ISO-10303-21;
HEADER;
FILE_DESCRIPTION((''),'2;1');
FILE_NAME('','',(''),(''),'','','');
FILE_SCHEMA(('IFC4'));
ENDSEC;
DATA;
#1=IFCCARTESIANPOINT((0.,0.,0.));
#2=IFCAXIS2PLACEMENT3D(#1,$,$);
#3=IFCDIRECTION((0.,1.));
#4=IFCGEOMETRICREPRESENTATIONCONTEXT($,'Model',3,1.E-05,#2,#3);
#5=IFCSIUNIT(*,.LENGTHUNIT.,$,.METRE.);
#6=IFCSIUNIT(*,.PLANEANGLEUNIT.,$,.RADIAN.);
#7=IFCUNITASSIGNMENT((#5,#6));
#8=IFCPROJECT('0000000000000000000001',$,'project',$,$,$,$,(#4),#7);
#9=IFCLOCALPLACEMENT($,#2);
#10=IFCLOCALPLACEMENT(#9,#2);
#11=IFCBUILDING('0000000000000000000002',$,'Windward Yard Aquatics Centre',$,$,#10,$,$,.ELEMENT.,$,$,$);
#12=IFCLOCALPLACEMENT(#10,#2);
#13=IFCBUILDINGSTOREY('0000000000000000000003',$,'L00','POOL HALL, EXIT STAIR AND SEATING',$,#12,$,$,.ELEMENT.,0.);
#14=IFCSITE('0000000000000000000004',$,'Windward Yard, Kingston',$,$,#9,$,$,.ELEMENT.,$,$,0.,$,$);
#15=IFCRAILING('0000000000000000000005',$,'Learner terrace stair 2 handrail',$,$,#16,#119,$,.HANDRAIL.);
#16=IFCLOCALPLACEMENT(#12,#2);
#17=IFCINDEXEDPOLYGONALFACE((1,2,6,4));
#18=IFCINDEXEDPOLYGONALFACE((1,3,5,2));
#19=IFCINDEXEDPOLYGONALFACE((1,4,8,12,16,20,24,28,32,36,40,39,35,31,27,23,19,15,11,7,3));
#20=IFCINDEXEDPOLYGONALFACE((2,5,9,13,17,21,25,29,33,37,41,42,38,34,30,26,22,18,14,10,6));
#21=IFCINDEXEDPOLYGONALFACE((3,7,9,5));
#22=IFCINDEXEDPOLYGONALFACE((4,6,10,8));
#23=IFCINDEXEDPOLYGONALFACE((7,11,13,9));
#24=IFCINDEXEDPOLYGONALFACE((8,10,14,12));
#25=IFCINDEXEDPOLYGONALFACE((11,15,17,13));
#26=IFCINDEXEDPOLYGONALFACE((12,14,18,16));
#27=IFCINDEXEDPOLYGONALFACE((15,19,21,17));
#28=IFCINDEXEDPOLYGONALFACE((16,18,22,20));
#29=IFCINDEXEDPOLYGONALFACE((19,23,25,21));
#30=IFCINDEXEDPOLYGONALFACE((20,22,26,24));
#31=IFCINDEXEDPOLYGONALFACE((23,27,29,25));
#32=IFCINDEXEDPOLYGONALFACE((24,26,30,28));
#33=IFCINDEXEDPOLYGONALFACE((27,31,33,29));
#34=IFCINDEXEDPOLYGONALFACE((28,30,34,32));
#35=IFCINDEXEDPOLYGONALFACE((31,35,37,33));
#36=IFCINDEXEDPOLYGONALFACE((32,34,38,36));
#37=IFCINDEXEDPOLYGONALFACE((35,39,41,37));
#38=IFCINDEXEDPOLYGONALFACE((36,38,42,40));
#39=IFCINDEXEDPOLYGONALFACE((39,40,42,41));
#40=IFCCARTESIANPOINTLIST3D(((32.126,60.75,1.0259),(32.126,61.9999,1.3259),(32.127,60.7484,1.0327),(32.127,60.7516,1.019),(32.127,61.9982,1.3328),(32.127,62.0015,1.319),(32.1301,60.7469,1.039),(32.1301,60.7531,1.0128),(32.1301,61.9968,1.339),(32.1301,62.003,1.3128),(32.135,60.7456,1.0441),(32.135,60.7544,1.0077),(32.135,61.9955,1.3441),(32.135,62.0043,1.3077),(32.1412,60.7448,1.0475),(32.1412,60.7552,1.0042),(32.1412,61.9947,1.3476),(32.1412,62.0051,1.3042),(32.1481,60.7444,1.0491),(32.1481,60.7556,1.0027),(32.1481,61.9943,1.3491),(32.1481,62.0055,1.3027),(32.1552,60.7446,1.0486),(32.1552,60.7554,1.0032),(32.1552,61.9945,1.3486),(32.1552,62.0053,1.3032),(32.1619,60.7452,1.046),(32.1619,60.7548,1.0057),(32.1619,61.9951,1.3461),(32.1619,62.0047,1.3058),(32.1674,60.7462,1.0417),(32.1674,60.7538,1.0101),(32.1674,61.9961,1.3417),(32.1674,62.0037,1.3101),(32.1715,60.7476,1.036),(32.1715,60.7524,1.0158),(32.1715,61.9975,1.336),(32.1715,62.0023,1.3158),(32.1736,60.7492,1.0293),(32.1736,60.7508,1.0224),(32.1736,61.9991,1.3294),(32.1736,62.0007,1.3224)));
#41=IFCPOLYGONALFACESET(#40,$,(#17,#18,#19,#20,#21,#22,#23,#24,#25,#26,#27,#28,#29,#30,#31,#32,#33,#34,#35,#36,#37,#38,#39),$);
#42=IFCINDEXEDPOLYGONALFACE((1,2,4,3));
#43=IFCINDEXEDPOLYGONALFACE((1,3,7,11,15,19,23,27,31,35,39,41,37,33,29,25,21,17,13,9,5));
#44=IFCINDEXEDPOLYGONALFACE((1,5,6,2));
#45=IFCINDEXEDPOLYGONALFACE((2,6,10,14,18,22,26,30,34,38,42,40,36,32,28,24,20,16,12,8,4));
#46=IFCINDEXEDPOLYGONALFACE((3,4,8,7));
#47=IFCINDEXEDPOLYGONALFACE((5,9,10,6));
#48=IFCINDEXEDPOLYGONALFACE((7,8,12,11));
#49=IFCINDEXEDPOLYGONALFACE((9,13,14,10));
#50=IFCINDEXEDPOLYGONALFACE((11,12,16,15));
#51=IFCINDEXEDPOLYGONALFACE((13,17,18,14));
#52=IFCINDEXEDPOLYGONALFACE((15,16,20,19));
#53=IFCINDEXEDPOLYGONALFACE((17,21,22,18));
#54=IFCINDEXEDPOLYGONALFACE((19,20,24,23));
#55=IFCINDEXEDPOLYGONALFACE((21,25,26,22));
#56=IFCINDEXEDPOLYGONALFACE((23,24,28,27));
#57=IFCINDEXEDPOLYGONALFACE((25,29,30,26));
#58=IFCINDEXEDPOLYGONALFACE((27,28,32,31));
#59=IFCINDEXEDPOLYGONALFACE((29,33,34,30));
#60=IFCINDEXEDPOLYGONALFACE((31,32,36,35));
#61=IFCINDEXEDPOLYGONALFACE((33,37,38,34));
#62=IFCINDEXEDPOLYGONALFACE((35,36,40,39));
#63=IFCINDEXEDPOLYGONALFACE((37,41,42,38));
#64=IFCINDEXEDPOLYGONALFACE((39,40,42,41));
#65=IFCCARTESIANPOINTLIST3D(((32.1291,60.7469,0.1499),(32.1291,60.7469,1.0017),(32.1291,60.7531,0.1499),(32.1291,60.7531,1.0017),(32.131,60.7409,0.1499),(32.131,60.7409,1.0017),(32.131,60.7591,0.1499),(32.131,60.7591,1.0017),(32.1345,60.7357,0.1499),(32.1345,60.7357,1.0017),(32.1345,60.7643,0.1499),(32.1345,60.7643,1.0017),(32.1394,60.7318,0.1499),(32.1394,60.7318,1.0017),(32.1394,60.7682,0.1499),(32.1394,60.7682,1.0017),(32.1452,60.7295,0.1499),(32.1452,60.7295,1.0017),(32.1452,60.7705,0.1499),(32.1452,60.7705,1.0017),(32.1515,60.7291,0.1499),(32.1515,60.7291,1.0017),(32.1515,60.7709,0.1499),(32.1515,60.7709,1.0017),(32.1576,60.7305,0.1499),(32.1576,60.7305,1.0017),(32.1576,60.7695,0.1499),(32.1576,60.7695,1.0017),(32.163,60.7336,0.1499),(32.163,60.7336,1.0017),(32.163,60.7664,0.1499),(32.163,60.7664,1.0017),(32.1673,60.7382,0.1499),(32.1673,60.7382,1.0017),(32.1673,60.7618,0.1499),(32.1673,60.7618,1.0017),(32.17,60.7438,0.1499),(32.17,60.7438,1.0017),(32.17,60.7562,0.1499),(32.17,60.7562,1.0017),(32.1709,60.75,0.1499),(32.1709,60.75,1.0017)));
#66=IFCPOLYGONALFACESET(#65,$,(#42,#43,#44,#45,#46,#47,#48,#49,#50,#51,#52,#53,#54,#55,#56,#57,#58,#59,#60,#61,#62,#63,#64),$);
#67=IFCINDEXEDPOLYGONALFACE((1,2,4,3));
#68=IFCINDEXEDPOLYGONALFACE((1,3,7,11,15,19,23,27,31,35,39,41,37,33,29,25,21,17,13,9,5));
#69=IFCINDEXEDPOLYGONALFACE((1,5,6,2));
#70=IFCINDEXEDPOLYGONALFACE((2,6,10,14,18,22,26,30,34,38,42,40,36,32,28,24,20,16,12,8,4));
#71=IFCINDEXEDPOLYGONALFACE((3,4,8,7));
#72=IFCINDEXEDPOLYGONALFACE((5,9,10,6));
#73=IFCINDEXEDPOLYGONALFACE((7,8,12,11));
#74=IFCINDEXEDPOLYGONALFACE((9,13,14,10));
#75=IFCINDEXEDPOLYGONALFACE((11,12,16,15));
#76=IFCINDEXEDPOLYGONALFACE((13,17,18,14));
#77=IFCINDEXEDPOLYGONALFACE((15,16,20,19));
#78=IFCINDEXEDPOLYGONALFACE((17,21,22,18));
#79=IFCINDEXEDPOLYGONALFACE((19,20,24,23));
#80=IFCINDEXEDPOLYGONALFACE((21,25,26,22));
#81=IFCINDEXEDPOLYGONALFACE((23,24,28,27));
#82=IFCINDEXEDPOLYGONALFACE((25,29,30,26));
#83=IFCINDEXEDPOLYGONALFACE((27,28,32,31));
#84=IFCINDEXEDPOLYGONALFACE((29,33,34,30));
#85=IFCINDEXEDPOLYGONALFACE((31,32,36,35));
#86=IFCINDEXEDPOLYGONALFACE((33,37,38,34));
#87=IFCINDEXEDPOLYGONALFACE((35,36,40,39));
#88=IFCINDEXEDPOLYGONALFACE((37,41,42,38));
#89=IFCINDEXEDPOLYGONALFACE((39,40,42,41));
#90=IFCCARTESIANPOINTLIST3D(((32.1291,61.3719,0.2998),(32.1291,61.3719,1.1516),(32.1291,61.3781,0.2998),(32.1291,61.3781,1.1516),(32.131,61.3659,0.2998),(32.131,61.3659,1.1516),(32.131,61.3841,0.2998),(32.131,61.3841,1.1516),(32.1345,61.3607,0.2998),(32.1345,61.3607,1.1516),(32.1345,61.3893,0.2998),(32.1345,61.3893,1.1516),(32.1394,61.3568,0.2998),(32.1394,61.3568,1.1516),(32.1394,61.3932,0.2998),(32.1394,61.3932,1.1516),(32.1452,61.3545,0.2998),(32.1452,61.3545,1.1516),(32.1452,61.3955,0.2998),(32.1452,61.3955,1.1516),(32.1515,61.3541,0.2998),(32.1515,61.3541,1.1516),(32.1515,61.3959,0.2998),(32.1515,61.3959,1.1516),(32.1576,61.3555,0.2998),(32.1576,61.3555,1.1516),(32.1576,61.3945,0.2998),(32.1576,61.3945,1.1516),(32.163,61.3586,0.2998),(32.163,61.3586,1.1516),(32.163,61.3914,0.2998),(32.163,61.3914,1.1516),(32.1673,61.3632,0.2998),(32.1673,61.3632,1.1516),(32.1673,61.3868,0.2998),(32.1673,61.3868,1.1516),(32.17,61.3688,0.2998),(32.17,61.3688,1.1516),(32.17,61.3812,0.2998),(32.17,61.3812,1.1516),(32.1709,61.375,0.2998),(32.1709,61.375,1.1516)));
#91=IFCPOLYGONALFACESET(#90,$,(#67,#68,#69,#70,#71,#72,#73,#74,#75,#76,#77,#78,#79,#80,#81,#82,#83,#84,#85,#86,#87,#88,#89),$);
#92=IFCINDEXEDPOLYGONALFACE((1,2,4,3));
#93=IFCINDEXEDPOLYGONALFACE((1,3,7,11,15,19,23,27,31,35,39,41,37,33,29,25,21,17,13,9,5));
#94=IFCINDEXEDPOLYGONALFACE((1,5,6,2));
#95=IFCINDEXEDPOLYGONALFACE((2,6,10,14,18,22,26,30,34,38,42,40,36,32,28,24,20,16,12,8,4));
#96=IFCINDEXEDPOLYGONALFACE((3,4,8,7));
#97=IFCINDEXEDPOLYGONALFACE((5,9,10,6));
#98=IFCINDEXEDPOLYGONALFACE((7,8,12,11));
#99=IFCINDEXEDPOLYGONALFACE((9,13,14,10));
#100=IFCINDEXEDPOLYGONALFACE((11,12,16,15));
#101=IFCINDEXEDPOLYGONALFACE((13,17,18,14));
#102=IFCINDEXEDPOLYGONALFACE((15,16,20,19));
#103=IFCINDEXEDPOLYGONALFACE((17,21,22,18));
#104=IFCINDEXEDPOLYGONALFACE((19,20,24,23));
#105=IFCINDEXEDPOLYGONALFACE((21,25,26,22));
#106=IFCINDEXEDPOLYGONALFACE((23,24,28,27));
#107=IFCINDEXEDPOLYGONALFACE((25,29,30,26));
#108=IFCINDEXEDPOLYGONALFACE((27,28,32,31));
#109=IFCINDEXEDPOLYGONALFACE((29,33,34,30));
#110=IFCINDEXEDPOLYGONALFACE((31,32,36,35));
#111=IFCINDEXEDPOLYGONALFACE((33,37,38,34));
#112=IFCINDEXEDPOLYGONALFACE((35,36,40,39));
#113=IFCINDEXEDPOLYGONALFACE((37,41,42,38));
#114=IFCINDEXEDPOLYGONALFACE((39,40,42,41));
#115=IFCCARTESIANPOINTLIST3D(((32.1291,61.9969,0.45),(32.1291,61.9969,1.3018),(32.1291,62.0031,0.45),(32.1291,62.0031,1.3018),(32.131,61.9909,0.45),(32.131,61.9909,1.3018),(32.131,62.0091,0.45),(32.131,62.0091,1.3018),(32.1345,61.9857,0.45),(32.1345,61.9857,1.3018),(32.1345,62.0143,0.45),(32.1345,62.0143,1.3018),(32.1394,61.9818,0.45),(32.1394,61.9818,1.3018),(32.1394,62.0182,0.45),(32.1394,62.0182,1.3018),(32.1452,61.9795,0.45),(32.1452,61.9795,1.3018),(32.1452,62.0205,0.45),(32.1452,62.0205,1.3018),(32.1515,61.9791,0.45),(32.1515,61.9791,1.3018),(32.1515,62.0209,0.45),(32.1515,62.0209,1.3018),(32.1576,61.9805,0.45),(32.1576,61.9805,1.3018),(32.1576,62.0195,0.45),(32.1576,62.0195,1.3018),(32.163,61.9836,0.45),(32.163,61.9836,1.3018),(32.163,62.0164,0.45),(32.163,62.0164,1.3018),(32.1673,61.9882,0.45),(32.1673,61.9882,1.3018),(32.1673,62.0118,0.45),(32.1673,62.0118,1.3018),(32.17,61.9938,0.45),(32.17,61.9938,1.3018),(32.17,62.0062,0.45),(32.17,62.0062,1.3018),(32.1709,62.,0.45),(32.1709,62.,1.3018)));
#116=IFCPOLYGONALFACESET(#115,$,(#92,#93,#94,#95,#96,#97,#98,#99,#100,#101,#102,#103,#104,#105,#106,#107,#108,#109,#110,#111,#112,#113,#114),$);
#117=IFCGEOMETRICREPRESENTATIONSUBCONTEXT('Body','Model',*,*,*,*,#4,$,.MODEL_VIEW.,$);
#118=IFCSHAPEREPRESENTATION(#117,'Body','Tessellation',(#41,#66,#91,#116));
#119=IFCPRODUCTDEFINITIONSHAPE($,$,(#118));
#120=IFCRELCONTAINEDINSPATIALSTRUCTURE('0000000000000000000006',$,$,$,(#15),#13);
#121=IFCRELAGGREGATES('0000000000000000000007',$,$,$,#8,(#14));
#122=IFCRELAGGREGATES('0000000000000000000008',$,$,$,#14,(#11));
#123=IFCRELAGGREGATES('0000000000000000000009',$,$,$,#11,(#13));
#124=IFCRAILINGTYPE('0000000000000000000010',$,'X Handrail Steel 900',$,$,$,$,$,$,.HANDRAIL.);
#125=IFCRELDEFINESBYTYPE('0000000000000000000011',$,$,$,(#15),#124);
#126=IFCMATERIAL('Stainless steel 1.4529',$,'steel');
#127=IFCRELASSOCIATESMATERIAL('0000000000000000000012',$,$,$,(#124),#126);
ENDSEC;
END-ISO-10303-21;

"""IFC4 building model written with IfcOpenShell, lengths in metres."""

from ifc_helpers import new_model, si_unit, direction, frame, origin, origin_2d, place, context, subcontext, project, spatial, circle, extrude, material, type_object, element, save


model = new_model("IFC4")

# Units and contexts
model_context = context("Model", 3, precision=1e-05, world=origin(), true_north=direction((0.0, 1.0)))
body_context = subcontext(model_context, "Body", "Model", "MODEL_VIEW")
ifc_project = project(units=[si_unit("LENGTHUNIT", "METRE"), si_unit("PLANEANGLEUNIT", "RADIAN")], contexts=[model_context])

# Site, building, storey
site_placement = place(None, origin())
site = spatial("IfcSite", under=ifc_project, at=site_placement, Name="Windward Yard, Kingston", CompositionType="ELEMENT", RefElevation=0.0)
building_placement = place(site_placement, origin())
building = spatial("IfcBuilding", under=site, at=building_placement, Name="Windward Yard Aquatics Centre", CompositionType="ELEMENT")
storey_placement = place(building_placement, origin())
storey = spatial("IfcBuildingStorey", under=building, at=storey_placement, Name="L00", Description="POOL HALL, EXIT STAIR AND SEATING", CompositionType="ELEMENT", Elevation=0.0)

# Railing
ifc_material_1 = material(Name="Stainless steel 1.4529", Category="steel")
railing_type = type_object("IfcRailingType", Name="X Handrail Steel 900", PredefinedType="HANDRAIL", material=ifc_material_1)
for number, where, name in (
    (1, (32.1499, 60.75, 0.1499), "Learner terrace stair 2 handrail"),
):
    element("IfcRailing", number, at=place(storey_placement, frame(where)), inside=storey, type_object=railing_type, Name=name, PredefinedType="HANDRAIL", context=body_context, shape_type="SweptSolid", body=[
        extrude(circle(Radius=0.0239, at=origin_2d()), frame((0.0, 0.0, 0.876), z_axis=(0.0, 0.972379, 0.233409), x_axis=(-1.0, 0.0, 0.0)), (0.0, 0.0, 1.0), 1.2854),
        extrude(circle(Radius=0.021, at=origin_2d()), origin(), (0.0, 0.0, 1.0), 0.8518),
        extrude(circle(Radius=0.021, at=origin_2d()), frame((0.0, 0.625, 0.1499)), (0.0, 0.0, 1.0), 0.8518),
        extrude(circle(Radius=0.021, at=origin_2d()), frame((0.0, 1.25, 0.3)), (0.0, 0.0, 1.0), 0.8518),
    ])

save(model, "model.ifc")
